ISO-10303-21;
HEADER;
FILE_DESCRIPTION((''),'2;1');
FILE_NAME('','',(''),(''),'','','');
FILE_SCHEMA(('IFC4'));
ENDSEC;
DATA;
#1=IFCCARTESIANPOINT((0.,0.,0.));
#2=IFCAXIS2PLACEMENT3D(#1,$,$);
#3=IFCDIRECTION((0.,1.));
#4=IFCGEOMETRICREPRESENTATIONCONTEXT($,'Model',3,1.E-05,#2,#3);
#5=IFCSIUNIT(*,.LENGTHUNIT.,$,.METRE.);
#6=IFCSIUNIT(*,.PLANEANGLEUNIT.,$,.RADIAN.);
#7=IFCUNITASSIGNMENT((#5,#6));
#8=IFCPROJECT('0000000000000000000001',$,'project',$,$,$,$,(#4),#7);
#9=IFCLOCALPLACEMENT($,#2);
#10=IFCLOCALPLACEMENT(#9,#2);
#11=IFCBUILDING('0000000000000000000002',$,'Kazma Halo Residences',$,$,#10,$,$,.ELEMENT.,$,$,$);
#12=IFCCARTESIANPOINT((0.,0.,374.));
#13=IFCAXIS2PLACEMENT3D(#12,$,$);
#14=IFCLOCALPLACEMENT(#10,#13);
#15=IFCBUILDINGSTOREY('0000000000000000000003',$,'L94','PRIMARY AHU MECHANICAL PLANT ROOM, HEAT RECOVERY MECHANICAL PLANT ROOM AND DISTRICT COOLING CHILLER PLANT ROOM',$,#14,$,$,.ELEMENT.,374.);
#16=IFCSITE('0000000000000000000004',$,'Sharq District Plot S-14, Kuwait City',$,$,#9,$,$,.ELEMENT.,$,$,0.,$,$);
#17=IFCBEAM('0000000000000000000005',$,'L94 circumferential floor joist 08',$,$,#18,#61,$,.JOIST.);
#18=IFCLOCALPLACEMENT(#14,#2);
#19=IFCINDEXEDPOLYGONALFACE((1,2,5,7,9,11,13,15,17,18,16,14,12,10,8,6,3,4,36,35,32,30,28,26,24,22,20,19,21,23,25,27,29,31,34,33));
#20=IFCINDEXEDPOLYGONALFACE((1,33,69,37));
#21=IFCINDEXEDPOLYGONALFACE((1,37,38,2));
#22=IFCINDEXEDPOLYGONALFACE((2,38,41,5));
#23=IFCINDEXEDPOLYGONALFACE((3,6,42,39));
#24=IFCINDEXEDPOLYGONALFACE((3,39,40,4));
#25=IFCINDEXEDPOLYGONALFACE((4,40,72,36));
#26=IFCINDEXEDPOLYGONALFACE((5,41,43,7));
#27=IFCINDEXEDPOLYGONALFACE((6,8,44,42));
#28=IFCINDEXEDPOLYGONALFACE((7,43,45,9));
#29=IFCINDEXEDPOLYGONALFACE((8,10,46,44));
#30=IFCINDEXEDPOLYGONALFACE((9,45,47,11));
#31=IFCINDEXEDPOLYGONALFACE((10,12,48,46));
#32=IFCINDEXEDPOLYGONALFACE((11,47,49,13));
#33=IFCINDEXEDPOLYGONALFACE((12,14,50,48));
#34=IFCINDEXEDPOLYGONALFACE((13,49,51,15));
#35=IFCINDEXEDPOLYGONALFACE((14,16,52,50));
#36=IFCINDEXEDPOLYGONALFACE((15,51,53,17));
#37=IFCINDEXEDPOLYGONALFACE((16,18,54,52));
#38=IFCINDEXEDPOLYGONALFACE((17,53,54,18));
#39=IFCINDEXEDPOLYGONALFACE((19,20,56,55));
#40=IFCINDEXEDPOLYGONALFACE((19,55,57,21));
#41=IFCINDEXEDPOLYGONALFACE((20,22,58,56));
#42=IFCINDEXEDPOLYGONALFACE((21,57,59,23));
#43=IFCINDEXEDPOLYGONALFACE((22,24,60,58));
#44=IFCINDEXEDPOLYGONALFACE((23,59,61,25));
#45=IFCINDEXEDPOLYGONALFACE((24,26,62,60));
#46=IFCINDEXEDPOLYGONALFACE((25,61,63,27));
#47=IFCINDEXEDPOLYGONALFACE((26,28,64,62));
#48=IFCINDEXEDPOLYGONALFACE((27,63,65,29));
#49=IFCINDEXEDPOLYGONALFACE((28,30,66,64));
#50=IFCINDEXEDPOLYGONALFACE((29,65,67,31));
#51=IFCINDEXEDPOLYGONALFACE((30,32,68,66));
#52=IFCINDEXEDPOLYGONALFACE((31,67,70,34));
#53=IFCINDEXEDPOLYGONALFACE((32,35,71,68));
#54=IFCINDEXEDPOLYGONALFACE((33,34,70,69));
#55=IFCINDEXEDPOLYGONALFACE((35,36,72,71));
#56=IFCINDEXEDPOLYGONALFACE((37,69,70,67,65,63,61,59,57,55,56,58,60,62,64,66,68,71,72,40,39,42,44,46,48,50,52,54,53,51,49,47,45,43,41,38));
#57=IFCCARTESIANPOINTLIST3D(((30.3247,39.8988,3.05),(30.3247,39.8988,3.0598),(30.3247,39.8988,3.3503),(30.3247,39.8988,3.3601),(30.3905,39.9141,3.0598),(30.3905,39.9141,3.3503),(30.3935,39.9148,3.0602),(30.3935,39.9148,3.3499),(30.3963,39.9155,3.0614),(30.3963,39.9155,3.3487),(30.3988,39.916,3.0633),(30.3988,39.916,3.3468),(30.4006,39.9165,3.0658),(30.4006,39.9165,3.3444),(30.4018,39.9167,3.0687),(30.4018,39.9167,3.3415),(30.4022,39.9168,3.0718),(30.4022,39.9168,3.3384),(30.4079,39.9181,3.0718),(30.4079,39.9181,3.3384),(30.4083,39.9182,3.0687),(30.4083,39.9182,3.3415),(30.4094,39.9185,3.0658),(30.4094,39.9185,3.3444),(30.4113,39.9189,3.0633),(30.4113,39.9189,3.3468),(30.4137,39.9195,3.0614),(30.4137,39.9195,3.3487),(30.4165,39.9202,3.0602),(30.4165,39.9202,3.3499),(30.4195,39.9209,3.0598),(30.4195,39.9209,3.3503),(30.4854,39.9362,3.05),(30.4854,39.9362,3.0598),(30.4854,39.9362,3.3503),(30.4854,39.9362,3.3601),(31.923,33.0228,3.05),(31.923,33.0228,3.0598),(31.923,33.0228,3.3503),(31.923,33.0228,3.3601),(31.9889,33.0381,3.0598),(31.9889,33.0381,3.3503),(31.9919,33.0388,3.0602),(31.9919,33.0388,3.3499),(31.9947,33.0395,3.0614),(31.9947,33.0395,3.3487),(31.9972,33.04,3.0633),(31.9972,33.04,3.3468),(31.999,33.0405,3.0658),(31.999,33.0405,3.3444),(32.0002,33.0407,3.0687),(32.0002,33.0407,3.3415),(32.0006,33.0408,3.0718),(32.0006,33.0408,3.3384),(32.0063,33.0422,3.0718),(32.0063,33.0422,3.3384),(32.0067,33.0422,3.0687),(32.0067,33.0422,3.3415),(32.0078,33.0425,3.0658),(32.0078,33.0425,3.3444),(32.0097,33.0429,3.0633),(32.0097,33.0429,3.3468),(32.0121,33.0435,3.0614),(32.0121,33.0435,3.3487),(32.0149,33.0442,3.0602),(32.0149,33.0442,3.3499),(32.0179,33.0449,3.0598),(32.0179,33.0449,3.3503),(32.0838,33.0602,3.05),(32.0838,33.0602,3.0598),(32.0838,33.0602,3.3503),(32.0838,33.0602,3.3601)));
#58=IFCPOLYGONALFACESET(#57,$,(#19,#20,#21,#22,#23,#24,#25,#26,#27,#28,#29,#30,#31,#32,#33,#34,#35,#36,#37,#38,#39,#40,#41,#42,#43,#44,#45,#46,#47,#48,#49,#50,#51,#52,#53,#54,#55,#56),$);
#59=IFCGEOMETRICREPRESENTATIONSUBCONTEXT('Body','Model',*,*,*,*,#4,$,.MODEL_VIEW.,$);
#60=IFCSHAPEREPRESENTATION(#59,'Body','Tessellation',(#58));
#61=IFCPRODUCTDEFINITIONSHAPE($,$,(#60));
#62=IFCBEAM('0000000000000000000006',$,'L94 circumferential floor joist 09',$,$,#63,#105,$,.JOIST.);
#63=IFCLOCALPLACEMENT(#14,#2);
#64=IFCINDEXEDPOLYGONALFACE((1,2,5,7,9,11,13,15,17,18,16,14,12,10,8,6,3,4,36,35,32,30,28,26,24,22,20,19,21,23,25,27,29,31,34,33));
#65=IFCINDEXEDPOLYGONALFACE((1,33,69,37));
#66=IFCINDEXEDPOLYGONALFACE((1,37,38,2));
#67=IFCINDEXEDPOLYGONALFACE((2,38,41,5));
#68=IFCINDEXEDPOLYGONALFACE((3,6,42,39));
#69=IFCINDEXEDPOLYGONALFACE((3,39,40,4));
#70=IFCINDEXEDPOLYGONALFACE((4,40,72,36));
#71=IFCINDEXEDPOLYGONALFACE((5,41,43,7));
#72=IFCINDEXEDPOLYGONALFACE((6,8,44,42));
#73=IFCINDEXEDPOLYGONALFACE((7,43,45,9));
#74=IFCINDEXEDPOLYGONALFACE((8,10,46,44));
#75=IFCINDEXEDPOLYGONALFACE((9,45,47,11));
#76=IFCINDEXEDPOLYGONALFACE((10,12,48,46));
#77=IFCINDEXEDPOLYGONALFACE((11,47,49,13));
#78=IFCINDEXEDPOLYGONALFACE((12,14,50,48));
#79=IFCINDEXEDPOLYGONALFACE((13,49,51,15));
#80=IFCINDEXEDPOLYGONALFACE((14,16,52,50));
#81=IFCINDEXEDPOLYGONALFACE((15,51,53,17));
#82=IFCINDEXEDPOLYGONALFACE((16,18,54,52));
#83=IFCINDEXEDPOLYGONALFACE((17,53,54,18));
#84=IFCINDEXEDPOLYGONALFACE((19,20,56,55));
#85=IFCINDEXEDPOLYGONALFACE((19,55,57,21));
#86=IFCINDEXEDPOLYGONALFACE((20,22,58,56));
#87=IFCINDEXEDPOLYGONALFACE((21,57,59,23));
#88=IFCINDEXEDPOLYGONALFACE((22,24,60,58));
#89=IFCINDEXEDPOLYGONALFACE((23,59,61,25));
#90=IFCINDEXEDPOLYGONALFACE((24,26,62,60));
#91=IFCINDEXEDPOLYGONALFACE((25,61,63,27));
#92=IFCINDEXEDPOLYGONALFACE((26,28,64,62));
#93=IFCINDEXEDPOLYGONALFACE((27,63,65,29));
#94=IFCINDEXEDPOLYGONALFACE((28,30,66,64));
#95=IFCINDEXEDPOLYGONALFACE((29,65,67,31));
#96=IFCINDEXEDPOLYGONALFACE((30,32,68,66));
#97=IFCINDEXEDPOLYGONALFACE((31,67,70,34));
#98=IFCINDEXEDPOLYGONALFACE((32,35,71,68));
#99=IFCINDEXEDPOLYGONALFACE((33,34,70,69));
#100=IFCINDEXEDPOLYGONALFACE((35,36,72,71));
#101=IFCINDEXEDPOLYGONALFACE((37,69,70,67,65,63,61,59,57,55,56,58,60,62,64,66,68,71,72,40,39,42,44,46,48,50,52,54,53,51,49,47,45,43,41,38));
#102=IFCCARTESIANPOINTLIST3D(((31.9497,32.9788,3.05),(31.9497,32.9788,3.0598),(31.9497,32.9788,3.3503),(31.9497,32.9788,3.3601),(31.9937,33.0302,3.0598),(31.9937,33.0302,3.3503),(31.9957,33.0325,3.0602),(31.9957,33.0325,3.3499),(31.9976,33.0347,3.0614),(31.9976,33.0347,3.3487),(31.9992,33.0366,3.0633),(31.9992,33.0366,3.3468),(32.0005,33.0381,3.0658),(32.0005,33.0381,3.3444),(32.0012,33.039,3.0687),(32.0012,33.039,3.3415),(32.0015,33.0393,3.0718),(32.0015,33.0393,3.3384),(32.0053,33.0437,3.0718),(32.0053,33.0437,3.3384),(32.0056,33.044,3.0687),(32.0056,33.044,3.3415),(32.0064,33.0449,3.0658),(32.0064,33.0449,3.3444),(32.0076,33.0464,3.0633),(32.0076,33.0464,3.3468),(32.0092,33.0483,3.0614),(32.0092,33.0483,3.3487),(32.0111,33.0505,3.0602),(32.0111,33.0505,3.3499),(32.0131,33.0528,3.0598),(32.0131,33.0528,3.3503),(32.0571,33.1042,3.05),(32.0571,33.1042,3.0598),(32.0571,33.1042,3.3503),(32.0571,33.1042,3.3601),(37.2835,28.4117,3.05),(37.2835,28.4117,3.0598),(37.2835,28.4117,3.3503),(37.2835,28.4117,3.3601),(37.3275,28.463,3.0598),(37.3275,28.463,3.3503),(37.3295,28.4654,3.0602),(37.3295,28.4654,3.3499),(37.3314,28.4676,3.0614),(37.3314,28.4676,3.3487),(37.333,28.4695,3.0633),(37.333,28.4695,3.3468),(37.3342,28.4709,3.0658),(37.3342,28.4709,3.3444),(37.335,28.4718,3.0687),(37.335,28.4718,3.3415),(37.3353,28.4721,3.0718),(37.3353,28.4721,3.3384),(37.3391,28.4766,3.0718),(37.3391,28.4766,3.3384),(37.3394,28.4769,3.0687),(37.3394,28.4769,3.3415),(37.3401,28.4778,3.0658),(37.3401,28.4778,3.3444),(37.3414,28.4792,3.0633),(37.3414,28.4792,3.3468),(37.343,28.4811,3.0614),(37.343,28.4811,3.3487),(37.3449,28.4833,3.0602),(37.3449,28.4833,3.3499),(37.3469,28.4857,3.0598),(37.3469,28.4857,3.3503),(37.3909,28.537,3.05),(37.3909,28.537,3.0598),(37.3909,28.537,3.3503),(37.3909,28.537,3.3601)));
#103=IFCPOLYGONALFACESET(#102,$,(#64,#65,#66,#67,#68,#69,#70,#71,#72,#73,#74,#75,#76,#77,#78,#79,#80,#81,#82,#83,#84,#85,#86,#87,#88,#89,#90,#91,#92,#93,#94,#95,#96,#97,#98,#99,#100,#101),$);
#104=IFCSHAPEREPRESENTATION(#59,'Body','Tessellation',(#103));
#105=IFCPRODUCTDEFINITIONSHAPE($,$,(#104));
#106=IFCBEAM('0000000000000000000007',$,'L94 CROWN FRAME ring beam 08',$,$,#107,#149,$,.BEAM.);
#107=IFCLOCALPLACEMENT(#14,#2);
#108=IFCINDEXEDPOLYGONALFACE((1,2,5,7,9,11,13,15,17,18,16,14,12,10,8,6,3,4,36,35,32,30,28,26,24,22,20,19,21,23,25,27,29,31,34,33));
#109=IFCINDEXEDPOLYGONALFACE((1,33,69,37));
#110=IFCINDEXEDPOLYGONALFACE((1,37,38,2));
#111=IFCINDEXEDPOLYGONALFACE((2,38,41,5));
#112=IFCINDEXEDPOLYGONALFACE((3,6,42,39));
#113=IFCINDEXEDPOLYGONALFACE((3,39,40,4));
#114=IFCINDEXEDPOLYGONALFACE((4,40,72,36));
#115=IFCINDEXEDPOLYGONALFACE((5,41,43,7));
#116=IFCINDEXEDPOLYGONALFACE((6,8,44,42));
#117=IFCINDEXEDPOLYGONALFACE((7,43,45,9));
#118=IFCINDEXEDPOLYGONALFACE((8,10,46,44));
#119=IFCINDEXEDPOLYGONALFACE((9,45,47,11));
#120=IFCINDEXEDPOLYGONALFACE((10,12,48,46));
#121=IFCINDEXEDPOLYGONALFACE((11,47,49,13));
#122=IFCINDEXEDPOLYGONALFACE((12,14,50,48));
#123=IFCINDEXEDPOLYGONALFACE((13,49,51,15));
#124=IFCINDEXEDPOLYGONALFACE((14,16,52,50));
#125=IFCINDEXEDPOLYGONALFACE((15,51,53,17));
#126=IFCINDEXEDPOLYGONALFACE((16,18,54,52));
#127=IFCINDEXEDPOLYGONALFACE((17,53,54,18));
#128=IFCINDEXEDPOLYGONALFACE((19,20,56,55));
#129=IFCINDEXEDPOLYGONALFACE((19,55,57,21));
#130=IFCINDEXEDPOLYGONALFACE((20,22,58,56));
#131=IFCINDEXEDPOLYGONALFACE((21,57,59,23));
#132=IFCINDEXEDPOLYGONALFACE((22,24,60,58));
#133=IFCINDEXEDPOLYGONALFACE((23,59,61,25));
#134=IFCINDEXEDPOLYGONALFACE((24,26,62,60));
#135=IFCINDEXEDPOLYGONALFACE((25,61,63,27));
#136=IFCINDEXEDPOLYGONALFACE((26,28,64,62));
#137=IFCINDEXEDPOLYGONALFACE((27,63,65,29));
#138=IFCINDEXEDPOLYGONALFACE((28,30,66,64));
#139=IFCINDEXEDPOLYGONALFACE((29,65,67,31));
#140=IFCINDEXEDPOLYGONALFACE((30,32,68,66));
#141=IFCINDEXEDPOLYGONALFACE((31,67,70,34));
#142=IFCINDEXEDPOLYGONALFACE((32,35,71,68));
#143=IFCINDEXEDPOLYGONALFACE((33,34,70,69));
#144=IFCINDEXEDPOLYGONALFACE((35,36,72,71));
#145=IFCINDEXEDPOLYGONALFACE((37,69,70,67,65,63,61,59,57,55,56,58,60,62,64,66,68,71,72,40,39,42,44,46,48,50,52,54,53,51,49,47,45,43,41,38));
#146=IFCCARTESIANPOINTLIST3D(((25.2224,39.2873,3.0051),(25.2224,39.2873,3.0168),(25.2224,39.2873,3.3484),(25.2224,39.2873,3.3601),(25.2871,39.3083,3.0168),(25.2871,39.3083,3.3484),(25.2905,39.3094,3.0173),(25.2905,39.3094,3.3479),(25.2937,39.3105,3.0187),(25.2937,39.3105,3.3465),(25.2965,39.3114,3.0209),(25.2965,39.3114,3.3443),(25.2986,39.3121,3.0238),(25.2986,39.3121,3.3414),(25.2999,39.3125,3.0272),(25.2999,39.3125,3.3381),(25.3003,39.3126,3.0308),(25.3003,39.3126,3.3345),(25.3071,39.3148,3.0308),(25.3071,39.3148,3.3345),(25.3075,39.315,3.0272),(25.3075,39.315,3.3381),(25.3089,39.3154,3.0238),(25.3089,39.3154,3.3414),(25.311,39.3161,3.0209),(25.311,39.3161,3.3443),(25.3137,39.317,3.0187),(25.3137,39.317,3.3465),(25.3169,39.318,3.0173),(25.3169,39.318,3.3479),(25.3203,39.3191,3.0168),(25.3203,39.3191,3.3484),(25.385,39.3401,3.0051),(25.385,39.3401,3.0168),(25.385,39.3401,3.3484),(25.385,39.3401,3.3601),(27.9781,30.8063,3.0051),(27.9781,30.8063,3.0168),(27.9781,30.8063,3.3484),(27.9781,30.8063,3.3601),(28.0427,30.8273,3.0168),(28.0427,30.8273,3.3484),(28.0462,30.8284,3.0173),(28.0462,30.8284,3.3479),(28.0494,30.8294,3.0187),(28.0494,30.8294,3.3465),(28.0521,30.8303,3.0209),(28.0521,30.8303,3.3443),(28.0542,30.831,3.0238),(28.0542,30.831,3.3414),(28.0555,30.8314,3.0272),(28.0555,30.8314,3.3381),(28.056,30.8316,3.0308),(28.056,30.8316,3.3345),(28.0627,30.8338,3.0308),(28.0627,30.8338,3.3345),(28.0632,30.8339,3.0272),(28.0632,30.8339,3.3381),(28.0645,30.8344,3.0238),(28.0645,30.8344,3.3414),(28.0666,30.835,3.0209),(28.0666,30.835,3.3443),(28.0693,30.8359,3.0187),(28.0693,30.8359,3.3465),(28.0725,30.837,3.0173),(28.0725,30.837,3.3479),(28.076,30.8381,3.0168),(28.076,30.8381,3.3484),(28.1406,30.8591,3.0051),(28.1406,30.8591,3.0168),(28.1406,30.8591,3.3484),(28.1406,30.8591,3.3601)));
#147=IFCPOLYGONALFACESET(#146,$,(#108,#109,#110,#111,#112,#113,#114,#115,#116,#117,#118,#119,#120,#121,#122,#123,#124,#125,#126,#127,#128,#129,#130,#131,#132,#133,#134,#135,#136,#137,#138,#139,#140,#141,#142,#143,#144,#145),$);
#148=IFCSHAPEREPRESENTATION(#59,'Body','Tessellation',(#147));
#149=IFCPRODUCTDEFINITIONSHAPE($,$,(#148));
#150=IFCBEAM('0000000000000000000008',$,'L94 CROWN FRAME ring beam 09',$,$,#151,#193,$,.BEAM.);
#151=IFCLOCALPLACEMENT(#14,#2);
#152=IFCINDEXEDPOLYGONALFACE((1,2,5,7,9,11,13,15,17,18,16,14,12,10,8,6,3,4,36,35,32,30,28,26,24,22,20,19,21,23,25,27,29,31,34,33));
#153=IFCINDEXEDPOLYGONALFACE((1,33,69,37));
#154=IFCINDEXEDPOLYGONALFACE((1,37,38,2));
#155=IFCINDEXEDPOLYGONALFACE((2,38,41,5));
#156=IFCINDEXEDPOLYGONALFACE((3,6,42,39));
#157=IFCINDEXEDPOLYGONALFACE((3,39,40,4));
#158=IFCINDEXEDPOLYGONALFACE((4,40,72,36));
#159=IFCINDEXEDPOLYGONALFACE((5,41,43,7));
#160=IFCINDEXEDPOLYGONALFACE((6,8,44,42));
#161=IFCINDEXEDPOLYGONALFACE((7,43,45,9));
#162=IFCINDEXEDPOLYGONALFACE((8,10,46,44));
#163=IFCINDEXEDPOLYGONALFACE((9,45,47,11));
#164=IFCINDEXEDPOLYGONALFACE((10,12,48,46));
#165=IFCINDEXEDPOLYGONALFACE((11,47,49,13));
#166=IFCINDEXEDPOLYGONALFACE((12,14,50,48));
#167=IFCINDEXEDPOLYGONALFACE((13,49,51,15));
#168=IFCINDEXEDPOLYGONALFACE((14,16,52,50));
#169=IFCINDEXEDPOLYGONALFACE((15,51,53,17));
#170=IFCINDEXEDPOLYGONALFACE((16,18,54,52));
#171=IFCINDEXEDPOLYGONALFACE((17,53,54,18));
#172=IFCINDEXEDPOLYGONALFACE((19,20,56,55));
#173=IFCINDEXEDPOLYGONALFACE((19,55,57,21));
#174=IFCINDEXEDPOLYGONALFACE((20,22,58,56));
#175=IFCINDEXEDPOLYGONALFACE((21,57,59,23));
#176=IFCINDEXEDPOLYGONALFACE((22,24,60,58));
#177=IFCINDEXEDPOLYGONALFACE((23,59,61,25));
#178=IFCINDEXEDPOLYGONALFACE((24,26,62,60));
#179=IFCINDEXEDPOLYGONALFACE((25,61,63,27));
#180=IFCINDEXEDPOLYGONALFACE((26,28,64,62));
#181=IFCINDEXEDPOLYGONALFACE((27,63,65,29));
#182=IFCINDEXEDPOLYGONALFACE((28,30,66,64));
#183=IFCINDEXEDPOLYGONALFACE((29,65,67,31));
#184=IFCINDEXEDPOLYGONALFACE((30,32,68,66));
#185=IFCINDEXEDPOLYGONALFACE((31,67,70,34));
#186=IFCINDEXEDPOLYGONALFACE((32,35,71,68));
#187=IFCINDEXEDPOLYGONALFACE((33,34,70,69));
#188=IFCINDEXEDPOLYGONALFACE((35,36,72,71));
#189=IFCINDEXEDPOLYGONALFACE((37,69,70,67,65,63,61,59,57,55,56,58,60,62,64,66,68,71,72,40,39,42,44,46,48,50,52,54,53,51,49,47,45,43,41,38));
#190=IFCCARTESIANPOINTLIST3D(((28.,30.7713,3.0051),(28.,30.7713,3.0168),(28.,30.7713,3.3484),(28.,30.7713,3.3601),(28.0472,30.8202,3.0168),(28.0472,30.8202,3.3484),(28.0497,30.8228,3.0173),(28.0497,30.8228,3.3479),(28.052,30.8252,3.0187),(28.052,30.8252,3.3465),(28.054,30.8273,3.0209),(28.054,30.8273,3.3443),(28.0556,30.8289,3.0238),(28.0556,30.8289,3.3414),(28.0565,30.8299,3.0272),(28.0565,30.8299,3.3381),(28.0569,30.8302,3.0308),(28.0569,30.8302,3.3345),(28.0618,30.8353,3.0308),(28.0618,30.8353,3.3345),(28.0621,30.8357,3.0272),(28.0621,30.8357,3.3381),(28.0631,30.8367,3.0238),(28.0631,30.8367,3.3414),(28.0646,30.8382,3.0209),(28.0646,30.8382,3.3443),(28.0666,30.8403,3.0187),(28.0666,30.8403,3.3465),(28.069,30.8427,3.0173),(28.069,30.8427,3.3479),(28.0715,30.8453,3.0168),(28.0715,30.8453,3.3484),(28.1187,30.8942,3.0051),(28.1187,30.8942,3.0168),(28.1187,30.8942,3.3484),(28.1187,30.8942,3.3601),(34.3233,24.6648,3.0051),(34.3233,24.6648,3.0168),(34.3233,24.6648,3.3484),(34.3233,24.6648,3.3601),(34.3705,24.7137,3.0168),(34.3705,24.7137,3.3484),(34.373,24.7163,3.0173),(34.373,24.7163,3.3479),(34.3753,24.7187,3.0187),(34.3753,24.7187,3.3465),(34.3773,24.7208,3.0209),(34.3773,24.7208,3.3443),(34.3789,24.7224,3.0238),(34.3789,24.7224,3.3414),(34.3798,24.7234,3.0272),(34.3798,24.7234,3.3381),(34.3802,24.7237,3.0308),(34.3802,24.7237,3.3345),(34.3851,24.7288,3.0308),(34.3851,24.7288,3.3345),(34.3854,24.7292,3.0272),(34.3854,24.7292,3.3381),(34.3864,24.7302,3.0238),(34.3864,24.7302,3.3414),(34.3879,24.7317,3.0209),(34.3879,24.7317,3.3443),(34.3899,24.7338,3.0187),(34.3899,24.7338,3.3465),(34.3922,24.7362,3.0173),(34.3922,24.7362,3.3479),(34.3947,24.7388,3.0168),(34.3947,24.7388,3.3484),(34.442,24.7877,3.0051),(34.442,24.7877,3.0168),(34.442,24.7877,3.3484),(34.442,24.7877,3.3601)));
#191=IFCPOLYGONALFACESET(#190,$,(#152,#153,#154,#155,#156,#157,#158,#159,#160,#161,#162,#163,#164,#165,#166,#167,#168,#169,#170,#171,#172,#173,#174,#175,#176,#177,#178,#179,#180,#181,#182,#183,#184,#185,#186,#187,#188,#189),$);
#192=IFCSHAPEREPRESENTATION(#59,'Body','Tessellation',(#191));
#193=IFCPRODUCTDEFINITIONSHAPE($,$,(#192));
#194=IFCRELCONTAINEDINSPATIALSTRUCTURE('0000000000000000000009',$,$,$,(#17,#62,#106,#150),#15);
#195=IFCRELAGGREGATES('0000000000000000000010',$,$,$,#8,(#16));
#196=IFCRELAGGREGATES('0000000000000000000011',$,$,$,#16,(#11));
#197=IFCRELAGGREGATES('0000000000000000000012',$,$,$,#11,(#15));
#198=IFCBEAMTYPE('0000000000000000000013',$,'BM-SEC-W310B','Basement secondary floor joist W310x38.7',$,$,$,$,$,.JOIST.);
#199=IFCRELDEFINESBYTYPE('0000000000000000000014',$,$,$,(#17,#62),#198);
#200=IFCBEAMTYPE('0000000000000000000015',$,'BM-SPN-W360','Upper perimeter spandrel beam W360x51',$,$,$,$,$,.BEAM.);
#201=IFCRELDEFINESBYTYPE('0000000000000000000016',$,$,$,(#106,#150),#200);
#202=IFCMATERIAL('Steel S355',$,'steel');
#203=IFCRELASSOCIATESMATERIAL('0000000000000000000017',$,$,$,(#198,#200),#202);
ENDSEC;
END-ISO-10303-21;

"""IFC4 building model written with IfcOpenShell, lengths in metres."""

from ifc_helpers import new_model, si_unit, direction, frame, origin, origin_2d, place, context, subcontext, project, spatial, i_section, extrude, material, material_profile, profile_set, type_object, element, save


model = new_model("IFC4")

# Units and contexts
model_context = context("Model", 3, precision=1e-05, world=origin(), true_north=direction((0.0, 1.0)))
body_context = subcontext(model_context, "Body", "Model", "MODEL_VIEW")
ifc_project = project(units=[si_unit("LENGTHUNIT", "METRE"), si_unit("PLANEANGLEUNIT", "RADIAN")], contexts=[model_context])

# Site, building, storey
site_placement = place(None, origin())
site = spatial("IfcSite", under=ifc_project, at=site_placement, Name="Sharq District Plot S-14, Kuwait City", CompositionType="ELEMENT", RefElevation=0.0)
building_placement = place(site_placement, origin())
building = spatial("IfcBuilding", under=site, at=building_placement, Name="Kazma Halo Residences", CompositionType="ELEMENT")
storey_placement = place(building_placement, frame((0.0, 0.0, 374.0)))
storey = spatial("IfcBuildingStorey", under=building, at=storey_placement, Name="L94", Description="PRIMARY AHU MECHANICAL PLANT ROOM, HEAT RECOVERY MECHANICAL PLANT ROOM AND DISTRICT COOLING CHILLER PLANT ROOM", CompositionType="ELEMENT", Elevation=374.0)

# Shared definitions
ifc_material_1 = material(Name="Steel S355", Category="steel")

# Beams
ifc_material_profile_1 = material_profile(ifc_material_1, i_section(OverallWidth=0.165, OverallDepth=0.3101, WebThickness=0.0059, FlangeThickness=0.0098, FilletRadius=0.012, at=origin_2d()), Name="W310x38.7")
ifc_profile_set_1 = profile_set([ifc_material_profile_1], Name="Steel S355")
beam_type_1 = type_object("IfcBeamType", Name="BM-SEC-W310B", Description="Basement secondary floor joist W310x38.7", PredefinedType="JOIST", material=ifc_profile_set_1)
beam_1_placement = place(storey_placement, frame((30.405, 39.9175, 3.2051), z_axis=(0.226423, -0.974029, 0.0), x_axis=(0.974029, 0.226423, 0.0)))
element("IfcBeam", 1, at=beam_1_placement, inside=storey, type_object=beam_type_1, Name="L94 circumferential floor joist 08", PredefinedType="JOIST", context=body_context, shape_type="SweptSolid", body=[
    extrude(i_section(OverallWidth=0.165, OverallDepth=0.3101, WebThickness=0.0059, FlangeThickness=0.0098, FilletRadius=0.012, at=origin_2d()), origin(), (0.0, 0.0, 1.0), 7.0593),
])
beam_2_placement = place(storey_placement, frame((32.0034, 33.0415, 3.2051), z_axis=(0.759583, -0.65041, 0.0), x_axis=(0.65041, 0.759583, 0.0)))
element("IfcBeam", 2, at=beam_2_placement, inside=storey, type_object=beam_type_1, Name="L94 circumferential floor joist 09", PredefinedType="JOIST", context=body_context, shape_type="SweptSolid", body=[
    extrude(i_section(OverallWidth=0.165, OverallDepth=0.3101, WebThickness=0.0059, FlangeThickness=0.0098, FilletRadius=0.012, at=origin_2d()), origin(), (0.0, 0.0, 1.0), 7.022),
])
ifc_material_profile_2 = material_profile(ifc_material_1, i_section(OverallWidth=0.1709, OverallDepth=0.355, WebThickness=0.0071, FlangeThickness=0.0117, FilletRadius=0.0139, at=origin_2d()), Name="W360x51")
ifc_profile_set_2 = profile_set([ifc_material_profile_2], Name="Steel S355")
beam_type_2 = type_object("IfcBeamType", Name="BM-SPN-W360", Description="Upper perimeter spandrel beam W360x51", PredefinedType="BEAM", material=ifc_profile_set_2)
beam_3_placement = place(storey_placement, frame((25.3037, 39.3137, 3.1826), z_axis=(0.309015, -0.951057, 0.0), x_axis=(0.951057, 0.309015, 0.0)))
element("IfcBeam", 3, at=beam_3_placement, inside=storey, type_object=beam_type_2, Name="L94 CROWN FRAME ring beam 08", PredefinedType="BEAM", context=body_context, shape_type="SweptSolid", body=[
    extrude(i_section(OverallWidth=0.1709, OverallDepth=0.355, WebThickness=0.0071, FlangeThickness=0.0117, FilletRadius=0.0139, at=origin_2d()), origin(), (0.0, 0.0, 1.0), 8.9175),
])
beam_4_placement = place(storey_placement, frame((28.0593, 30.8328, 3.1826), z_axis=(0.719331, -0.694668, 0.0), x_axis=(0.694668, 0.719331, 0.0)))
element("IfcBeam", 4, at=beam_4_placement, inside=storey, type_object=beam_type_2, Name="L94 CROWN FRAME ring beam 09", PredefinedType="BEAM", context=body_context, shape_type="SweptSolid", body=[
    extrude(i_section(OverallWidth=0.1709, OverallDepth=0.355, WebThickness=0.0071, FlangeThickness=0.0117, FilletRadius=0.0139, at=origin_2d()), origin(), (0.0, 0.0, 1.0), 8.7905),
])

save(model, "model.ifc")
